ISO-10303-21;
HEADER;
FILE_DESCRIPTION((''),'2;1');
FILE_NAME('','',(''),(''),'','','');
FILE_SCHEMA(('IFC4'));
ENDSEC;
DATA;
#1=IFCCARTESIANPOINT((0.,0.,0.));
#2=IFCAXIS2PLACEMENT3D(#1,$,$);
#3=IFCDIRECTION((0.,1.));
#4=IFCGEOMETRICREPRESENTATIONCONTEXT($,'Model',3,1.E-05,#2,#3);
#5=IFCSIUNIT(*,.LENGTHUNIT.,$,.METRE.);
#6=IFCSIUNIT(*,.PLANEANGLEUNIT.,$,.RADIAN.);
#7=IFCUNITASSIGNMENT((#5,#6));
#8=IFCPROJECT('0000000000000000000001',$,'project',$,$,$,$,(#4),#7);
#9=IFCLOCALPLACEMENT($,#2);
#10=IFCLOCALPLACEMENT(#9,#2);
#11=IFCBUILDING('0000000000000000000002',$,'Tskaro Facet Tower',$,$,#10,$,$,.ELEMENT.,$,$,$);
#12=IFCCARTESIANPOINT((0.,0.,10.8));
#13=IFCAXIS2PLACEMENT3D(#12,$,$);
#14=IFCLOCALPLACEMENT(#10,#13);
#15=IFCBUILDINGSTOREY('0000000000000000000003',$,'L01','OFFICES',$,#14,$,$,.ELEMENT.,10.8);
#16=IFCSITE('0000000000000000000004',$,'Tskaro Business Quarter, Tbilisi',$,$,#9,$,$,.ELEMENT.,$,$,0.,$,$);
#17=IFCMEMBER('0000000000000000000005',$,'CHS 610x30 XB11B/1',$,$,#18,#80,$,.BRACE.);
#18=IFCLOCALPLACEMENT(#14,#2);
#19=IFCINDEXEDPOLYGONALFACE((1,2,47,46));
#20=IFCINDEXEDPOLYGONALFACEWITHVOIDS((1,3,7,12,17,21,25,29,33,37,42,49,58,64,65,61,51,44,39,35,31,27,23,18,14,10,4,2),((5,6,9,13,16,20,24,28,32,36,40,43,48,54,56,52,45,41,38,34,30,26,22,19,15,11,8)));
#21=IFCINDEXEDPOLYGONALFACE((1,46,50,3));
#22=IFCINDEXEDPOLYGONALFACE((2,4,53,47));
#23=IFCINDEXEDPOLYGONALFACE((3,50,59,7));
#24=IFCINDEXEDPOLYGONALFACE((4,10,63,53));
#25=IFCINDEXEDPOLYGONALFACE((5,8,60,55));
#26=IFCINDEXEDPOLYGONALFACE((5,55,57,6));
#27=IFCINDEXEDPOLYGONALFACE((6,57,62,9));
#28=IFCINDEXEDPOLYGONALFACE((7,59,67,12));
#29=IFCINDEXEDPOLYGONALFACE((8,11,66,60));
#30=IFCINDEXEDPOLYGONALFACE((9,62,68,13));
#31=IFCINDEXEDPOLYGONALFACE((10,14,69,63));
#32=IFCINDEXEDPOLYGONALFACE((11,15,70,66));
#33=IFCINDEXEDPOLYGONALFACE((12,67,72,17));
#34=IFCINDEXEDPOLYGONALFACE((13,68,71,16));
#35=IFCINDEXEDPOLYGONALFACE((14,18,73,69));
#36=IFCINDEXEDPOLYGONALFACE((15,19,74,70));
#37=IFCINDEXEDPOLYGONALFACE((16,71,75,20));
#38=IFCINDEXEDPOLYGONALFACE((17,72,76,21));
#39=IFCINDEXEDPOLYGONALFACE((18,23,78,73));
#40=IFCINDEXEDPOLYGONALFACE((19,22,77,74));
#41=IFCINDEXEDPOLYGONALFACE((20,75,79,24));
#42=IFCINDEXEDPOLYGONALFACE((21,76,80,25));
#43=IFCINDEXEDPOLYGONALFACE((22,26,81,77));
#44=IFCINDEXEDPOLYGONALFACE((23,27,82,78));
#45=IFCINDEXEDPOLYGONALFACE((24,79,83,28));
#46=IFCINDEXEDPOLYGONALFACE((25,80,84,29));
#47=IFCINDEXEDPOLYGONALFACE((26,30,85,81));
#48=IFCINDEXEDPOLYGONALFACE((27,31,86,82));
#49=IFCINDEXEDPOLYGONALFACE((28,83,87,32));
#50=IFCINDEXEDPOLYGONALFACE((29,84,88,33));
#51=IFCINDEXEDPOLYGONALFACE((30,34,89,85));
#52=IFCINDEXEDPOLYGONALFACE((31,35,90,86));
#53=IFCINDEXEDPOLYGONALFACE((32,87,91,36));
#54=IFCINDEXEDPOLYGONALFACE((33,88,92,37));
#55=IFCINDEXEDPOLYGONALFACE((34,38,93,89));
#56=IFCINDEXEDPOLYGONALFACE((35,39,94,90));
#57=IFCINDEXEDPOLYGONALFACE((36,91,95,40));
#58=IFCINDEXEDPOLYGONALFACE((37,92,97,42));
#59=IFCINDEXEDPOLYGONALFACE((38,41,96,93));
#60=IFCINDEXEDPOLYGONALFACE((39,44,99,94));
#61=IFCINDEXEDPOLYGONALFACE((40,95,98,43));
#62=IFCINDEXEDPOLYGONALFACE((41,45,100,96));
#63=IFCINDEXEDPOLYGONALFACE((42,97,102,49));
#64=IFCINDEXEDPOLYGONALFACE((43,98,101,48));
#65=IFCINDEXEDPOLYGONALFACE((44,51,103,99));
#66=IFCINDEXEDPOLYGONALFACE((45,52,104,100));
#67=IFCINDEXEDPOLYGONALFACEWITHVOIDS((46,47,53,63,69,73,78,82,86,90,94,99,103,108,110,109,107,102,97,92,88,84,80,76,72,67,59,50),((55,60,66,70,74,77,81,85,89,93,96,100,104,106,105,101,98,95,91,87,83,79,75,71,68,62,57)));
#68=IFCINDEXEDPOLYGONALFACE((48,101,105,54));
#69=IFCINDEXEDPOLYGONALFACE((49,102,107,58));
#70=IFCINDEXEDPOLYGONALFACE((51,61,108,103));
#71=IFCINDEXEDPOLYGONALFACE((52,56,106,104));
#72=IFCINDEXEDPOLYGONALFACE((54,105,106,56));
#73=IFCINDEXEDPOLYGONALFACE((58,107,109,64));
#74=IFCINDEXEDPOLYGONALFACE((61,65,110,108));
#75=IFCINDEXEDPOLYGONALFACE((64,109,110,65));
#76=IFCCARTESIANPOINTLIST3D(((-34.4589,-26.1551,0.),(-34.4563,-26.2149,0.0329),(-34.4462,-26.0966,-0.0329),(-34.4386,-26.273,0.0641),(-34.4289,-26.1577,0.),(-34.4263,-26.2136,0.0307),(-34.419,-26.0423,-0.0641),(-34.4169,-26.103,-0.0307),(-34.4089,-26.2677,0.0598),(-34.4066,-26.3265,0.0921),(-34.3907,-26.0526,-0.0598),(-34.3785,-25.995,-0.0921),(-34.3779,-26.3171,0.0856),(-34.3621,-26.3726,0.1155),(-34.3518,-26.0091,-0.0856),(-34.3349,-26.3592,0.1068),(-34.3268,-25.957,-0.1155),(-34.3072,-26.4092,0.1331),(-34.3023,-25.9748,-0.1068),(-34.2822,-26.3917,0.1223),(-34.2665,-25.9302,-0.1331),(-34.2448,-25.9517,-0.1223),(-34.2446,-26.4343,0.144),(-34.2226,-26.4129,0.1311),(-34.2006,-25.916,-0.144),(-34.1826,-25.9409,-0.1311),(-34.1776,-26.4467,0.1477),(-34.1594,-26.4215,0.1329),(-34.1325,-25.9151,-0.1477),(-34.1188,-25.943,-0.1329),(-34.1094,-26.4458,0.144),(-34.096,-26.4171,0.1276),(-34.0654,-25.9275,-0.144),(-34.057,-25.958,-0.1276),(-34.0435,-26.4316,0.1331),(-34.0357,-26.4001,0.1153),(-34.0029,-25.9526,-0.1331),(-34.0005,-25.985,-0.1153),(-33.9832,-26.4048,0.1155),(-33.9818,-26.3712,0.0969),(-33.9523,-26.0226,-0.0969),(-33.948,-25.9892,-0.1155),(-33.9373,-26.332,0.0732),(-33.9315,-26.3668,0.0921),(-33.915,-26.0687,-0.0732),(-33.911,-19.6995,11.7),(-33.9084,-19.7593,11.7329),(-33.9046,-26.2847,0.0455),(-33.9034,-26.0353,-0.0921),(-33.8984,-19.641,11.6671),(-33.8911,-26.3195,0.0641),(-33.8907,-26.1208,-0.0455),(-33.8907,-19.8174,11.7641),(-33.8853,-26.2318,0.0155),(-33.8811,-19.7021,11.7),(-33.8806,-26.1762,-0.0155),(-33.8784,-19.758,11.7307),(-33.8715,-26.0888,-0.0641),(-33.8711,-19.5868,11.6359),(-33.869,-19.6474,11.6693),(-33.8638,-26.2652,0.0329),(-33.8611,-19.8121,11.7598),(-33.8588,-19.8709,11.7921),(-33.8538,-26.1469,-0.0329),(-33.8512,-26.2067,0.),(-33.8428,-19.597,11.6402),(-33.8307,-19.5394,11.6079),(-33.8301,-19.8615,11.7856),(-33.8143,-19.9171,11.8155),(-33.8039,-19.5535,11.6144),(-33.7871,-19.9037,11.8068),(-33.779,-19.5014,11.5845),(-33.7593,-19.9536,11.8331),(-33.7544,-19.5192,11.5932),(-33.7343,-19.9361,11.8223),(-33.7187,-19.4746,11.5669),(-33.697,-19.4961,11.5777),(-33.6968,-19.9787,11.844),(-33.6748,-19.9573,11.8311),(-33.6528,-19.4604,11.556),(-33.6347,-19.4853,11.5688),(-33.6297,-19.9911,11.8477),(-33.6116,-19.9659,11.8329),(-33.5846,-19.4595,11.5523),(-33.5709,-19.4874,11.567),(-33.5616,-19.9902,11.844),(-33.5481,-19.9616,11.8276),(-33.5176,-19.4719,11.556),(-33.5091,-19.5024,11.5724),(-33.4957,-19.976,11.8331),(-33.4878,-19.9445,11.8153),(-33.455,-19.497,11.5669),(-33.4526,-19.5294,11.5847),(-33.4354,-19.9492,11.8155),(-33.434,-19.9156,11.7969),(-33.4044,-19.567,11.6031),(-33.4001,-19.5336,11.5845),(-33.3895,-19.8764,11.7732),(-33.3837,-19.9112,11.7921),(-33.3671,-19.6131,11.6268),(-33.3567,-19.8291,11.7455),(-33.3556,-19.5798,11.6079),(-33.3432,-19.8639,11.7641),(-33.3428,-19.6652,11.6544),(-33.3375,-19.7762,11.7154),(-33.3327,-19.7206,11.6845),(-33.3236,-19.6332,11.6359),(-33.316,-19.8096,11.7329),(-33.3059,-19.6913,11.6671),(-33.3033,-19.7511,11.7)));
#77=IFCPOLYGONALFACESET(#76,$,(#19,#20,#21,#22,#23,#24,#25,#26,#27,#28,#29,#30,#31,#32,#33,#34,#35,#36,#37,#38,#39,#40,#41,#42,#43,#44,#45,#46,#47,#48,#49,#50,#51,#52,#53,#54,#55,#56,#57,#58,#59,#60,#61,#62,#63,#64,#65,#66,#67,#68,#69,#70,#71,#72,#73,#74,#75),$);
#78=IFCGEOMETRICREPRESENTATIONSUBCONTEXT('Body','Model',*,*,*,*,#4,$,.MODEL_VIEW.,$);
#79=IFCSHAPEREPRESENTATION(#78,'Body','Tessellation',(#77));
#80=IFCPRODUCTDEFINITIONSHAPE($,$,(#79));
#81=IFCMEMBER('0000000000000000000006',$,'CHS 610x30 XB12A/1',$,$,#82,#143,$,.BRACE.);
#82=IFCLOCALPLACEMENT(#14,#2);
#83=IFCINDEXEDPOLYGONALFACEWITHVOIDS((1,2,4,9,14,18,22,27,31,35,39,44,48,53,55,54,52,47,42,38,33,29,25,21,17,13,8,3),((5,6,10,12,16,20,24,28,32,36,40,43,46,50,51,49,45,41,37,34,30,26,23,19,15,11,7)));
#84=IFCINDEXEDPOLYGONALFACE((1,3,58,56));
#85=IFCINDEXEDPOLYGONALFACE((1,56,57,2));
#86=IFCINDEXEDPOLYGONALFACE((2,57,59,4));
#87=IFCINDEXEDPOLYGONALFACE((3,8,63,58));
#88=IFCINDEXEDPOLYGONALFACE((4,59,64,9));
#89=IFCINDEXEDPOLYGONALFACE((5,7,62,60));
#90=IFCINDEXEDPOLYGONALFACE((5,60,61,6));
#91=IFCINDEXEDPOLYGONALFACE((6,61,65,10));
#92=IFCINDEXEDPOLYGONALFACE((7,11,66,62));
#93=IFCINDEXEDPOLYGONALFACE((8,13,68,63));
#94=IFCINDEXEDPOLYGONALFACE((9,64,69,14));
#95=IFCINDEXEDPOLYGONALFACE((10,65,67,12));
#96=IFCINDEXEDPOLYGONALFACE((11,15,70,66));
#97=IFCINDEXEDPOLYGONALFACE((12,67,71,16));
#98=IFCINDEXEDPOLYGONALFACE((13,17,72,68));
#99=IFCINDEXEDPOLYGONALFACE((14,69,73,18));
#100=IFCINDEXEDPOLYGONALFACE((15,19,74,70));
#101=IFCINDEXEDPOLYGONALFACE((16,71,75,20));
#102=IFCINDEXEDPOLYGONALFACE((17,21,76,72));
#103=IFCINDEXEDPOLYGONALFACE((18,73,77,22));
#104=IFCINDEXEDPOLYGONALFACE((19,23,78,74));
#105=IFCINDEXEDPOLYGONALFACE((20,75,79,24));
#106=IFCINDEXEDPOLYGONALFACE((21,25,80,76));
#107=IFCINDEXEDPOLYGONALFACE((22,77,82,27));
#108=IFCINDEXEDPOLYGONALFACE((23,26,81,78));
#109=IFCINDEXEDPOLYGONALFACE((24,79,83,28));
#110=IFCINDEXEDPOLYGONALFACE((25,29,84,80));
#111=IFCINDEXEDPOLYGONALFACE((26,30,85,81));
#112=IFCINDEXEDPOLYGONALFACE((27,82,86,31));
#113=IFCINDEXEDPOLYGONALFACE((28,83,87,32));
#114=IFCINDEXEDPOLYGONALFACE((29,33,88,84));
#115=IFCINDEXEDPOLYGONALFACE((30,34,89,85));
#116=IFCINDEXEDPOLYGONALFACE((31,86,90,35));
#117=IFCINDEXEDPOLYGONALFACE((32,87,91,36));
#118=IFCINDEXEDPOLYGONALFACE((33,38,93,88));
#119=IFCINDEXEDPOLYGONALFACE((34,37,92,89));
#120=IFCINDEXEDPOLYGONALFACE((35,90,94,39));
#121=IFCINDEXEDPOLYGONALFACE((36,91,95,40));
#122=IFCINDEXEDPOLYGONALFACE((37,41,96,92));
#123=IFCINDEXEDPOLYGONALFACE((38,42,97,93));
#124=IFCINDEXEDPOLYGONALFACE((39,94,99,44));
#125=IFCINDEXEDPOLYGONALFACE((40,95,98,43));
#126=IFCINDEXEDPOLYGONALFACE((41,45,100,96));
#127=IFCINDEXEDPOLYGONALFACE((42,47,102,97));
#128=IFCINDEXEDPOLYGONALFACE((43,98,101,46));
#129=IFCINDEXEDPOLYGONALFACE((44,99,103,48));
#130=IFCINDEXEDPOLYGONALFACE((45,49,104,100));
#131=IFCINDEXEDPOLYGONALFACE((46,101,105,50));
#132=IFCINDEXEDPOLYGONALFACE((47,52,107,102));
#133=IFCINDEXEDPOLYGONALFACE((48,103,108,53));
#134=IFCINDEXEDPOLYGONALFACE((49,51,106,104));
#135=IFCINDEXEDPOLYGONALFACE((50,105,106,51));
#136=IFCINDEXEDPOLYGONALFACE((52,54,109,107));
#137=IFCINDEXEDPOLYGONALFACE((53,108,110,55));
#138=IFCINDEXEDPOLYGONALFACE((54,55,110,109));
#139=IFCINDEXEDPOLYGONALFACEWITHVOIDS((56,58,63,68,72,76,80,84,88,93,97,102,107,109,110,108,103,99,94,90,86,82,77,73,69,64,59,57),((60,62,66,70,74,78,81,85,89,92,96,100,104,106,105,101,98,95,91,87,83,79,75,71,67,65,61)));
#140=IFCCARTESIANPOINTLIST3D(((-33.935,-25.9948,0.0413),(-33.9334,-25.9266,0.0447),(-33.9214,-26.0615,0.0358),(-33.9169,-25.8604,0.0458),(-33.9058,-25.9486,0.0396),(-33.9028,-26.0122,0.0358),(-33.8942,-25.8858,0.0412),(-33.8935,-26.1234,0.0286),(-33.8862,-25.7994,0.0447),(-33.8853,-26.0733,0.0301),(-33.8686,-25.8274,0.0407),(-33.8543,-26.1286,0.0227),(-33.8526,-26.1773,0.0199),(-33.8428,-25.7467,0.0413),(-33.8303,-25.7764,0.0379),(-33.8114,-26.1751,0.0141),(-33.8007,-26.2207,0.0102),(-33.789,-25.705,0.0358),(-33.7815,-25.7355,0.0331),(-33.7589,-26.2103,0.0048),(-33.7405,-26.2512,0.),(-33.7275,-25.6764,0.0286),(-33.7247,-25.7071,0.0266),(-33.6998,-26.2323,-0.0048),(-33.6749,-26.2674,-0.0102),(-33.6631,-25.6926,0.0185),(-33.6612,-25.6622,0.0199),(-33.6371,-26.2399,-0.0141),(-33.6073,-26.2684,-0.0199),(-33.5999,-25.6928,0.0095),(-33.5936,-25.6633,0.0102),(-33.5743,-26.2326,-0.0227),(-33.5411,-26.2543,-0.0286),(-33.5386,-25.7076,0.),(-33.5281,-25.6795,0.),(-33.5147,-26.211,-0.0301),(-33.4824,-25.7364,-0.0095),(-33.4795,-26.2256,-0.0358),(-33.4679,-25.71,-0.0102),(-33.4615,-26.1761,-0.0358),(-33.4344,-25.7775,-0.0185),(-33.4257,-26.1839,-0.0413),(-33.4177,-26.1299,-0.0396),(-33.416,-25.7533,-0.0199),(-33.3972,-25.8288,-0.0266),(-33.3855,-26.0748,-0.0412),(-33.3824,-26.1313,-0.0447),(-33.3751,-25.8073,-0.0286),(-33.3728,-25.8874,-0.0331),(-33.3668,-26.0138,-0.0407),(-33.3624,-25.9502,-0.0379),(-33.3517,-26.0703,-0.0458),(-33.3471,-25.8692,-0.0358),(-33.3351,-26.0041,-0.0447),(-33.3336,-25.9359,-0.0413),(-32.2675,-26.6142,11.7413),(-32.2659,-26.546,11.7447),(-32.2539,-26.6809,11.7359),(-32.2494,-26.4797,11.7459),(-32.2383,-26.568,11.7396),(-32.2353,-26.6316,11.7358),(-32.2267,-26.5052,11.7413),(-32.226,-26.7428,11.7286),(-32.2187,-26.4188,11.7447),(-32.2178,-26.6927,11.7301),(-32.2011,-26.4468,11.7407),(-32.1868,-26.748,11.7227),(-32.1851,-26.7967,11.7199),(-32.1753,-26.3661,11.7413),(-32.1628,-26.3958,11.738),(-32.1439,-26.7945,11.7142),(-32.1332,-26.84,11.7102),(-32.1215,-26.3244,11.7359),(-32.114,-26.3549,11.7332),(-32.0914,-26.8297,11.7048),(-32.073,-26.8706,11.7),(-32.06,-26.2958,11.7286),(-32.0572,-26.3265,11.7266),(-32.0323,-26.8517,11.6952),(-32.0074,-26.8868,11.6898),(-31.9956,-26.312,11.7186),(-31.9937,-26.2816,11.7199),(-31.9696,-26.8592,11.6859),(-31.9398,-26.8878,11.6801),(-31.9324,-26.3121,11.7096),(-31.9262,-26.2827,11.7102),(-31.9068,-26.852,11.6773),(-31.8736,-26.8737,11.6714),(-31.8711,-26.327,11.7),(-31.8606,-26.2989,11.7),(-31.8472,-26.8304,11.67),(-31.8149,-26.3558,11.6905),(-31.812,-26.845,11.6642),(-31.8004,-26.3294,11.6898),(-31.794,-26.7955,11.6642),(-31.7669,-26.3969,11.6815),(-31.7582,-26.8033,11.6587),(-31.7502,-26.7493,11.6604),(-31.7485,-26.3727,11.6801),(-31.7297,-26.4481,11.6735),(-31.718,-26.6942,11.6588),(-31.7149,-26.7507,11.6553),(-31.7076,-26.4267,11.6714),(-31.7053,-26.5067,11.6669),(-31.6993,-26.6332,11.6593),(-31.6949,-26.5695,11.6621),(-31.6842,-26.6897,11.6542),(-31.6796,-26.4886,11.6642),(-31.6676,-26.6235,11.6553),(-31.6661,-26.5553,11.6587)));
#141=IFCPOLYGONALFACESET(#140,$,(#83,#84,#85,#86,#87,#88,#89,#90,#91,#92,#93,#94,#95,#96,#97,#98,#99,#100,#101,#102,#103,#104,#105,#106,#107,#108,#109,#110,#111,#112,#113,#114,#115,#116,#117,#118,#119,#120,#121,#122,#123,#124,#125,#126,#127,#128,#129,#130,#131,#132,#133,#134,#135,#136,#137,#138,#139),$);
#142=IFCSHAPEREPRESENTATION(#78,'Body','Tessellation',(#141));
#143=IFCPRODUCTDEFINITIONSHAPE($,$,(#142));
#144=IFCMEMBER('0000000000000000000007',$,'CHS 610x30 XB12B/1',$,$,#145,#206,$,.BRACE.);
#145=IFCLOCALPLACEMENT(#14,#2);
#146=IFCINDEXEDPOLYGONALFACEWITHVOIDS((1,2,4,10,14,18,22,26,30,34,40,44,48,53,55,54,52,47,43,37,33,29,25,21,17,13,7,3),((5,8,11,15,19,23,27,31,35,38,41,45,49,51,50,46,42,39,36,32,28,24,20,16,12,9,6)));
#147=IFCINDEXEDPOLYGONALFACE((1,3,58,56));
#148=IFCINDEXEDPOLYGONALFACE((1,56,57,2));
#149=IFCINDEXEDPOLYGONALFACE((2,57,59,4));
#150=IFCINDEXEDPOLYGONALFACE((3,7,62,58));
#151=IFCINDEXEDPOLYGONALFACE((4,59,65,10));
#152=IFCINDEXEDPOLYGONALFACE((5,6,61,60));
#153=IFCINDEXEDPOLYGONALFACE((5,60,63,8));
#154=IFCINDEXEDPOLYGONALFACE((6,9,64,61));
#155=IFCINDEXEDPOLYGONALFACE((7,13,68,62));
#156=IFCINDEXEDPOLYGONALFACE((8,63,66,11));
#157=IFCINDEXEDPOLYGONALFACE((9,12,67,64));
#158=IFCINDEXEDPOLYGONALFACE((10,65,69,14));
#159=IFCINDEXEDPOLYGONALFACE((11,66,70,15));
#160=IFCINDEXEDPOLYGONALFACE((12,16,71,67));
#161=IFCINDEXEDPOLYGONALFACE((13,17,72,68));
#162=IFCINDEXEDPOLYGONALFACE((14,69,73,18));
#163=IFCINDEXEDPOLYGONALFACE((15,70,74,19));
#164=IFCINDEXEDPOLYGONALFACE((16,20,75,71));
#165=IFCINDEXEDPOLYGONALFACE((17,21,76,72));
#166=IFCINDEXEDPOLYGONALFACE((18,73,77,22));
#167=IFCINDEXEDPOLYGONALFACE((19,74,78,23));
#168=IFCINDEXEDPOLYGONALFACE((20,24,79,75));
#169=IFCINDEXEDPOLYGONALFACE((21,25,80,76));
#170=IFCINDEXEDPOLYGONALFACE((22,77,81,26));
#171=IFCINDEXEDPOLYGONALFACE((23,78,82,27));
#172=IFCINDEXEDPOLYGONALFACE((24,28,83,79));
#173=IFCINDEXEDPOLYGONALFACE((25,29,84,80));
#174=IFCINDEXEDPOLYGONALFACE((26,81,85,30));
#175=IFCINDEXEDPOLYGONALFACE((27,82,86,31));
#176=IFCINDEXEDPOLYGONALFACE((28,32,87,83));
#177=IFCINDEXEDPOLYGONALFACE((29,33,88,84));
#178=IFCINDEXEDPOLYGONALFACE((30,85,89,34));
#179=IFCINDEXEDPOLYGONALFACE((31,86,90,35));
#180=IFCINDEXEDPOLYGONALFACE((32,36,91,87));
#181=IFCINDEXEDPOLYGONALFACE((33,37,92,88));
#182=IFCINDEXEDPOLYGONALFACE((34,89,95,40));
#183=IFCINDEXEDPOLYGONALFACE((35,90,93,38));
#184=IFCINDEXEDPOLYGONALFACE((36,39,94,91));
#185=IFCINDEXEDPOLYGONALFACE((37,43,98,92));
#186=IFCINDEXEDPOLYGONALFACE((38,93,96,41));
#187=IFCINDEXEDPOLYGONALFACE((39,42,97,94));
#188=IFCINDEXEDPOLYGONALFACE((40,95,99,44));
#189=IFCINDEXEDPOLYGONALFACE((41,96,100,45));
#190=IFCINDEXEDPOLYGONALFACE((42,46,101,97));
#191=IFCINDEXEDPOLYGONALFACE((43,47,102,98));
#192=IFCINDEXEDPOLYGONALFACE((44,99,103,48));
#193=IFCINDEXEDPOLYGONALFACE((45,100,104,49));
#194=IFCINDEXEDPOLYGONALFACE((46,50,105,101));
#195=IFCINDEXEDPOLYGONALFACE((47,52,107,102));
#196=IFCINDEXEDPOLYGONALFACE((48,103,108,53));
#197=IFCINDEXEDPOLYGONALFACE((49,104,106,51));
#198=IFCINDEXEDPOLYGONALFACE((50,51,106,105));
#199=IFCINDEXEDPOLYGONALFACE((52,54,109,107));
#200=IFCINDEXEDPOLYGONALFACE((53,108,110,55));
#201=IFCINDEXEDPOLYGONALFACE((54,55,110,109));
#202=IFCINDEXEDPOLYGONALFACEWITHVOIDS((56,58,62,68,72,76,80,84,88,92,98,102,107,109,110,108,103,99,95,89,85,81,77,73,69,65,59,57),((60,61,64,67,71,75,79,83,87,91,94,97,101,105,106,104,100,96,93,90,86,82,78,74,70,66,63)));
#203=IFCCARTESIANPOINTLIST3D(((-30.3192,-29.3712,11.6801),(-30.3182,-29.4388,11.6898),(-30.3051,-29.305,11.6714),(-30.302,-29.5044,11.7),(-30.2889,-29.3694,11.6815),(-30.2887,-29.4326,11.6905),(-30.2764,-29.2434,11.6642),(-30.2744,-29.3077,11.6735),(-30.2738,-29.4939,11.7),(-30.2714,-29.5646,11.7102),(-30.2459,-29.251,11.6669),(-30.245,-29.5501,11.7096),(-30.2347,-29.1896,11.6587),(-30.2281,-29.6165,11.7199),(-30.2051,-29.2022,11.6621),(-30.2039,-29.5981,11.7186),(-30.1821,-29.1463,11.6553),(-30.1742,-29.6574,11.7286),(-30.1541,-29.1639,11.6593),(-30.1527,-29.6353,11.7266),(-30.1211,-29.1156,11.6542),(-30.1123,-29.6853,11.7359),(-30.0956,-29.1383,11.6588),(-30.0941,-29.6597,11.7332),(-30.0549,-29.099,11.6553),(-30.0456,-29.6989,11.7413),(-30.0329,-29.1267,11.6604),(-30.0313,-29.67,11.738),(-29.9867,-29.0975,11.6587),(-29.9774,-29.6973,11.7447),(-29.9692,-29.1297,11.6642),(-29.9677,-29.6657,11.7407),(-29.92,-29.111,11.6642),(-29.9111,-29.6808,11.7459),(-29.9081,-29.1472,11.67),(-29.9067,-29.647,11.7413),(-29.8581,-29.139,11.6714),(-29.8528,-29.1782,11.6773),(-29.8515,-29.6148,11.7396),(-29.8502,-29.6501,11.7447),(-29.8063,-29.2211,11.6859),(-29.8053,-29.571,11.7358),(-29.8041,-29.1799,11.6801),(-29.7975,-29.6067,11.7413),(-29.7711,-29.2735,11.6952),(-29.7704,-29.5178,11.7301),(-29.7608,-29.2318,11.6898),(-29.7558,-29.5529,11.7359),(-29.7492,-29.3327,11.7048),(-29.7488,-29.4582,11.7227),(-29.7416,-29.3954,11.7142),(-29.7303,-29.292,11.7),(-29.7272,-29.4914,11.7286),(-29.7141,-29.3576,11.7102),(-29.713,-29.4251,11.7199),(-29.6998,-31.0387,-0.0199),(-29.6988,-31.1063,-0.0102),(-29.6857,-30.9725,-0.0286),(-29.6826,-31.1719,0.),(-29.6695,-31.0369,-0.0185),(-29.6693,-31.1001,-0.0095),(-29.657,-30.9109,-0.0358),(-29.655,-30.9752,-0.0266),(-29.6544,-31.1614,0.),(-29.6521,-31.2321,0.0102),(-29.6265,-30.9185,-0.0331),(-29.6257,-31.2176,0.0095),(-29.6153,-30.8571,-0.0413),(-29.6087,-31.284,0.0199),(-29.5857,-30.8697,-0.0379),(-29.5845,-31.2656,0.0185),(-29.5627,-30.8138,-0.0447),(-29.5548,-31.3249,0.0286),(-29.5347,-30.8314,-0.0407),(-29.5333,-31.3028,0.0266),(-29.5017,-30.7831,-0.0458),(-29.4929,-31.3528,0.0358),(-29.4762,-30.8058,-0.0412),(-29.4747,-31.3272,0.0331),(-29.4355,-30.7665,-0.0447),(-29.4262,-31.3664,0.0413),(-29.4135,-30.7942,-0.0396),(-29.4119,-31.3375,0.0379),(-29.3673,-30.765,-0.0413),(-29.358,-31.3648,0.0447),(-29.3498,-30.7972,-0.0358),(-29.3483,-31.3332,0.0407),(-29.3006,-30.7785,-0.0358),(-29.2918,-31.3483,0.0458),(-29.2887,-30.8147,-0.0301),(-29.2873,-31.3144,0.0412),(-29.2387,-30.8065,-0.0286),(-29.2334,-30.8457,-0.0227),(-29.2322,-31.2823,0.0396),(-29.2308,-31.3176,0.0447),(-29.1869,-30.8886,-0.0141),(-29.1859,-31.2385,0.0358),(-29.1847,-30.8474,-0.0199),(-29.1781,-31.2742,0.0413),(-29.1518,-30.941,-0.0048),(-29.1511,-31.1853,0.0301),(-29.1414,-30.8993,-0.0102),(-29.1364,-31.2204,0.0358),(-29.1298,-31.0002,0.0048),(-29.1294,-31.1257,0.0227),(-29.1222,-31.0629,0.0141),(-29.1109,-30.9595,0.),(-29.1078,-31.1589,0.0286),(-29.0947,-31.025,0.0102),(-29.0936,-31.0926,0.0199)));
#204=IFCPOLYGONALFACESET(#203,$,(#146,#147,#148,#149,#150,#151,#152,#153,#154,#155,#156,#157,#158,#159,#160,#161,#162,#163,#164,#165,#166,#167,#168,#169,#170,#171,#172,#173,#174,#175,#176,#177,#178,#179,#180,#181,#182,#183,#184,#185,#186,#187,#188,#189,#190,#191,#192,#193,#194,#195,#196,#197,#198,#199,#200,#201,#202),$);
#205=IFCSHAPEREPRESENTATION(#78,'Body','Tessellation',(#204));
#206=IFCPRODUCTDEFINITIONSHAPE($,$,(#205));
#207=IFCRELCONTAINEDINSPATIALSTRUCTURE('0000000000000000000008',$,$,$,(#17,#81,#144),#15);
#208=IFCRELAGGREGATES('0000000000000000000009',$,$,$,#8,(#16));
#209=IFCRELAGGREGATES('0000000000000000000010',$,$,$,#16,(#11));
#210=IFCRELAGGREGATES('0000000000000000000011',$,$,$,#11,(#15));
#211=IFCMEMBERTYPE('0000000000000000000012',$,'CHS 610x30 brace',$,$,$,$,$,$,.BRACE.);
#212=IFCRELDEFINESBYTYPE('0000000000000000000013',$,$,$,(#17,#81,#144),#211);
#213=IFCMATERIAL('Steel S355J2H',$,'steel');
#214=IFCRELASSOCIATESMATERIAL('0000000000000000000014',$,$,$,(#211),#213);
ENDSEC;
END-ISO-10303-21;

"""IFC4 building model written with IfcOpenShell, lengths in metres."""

from ifc_helpers import new_model, si_unit, direction, frame, origin, origin_2d, place, context, subcontext, project, spatial, hollow_circle, extrude, material, material_profile, profile_set, type_object, element, save


model = new_model("IFC4")

# Units and contexts
model_context = context("Model", 3, precision=1e-05, world=origin(), true_north=direction((0.0, 1.0)))
body_context = subcontext(model_context, "Body", "Model", "MODEL_VIEW")
ifc_project = project(units=[si_unit("LENGTHUNIT", "METRE"), si_unit("PLANEANGLEUNIT", "RADIAN")], contexts=[model_context])

# Site, building, storey
site_placement = place(None, origin())
site = spatial("IfcSite", under=ifc_project, at=site_placement, Name="Tskaro Business Quarter, Tbilisi", CompositionType="ELEMENT", RefElevation=0.0)
building_placement = place(site_placement, origin())
building = spatial("IfcBuilding", under=site, at=building_placement, Name="Tskaro Facet Tower", CompositionType="ELEMENT")
storey_placement = place(building_placement, frame((0.0, 0.0, 10.8)))
storey = spatial("IfcBuildingStorey", under=building, at=storey_placement, Name="L01", Description="OFFICES", CompositionType="ELEMENT", Elevation=10.8)

# Shared definitions
ifc_material_1 = material(Name="Steel S355J2H", Category="steel")

# Members
ifc_material_profile_1 = material_profile(ifc_material_1, hollow_circle(Radius=0.3049, WallThickness=0.03, at=origin_2d()), Name="CHS 610x30")
ifc_profile_set_1 = profile_set([ifc_material_profile_1], Name="Steel S355J2H")
member_type_1 = type_object("IfcMemberType", Name="CHS 610x30 brace", PredefinedType="BRACE", material=ifc_profile_set_1)
member_1_placement = place(storey_placement, frame((-34.155, -26.1809, 0.0), z_axis=(0.040964, 0.482696, 0.874829), x_axis=(-0.996418, 0.084561, 0.0)))
element("IfcMember", 1, at=member_1_placement, inside=storey, type_object=member_type_1, Name="CHS 610x30 XB11B/1", PredefinedType="BRACE", context=body_context, shape_type="SweptSolid", body=[
    extrude(hollow_circle(Radius=0.3049, WallThickness=0.03, at=origin_2d()), origin(), (0.0, 0.0, 1.0), 13.374),
])
for number, where, z_axis, x_axis, name in (
    (2, (-33.6343, -25.9653, 0.0), (0.140901, -0.052338, 0.988639), (0.348204, 0.937419, 0.0), "CHS 610x30 XB12A/1"),
    (3, (-29.3967, -31.0657, 0.0), (-0.052338, 0.140901, 0.988639), (-0.937419, -0.348204, 0.0), "CHS 610x30 XB12B/1"),
):
    element("IfcMember", number, at=place(storey_placement, frame(where, z_axis=z_axis, x_axis=x_axis)), inside=storey, type_object=member_type_1, Name=name, PredefinedType="BRACE", context=body_context, shape_type="SweptSolid", body=[
        extrude(hollow_circle(Radius=0.3049, WallThickness=0.03, at=origin_2d()), origin(), (0.0, 0.0, 1.0), 11.8345),
    ])

save(model, "model.ifc")
